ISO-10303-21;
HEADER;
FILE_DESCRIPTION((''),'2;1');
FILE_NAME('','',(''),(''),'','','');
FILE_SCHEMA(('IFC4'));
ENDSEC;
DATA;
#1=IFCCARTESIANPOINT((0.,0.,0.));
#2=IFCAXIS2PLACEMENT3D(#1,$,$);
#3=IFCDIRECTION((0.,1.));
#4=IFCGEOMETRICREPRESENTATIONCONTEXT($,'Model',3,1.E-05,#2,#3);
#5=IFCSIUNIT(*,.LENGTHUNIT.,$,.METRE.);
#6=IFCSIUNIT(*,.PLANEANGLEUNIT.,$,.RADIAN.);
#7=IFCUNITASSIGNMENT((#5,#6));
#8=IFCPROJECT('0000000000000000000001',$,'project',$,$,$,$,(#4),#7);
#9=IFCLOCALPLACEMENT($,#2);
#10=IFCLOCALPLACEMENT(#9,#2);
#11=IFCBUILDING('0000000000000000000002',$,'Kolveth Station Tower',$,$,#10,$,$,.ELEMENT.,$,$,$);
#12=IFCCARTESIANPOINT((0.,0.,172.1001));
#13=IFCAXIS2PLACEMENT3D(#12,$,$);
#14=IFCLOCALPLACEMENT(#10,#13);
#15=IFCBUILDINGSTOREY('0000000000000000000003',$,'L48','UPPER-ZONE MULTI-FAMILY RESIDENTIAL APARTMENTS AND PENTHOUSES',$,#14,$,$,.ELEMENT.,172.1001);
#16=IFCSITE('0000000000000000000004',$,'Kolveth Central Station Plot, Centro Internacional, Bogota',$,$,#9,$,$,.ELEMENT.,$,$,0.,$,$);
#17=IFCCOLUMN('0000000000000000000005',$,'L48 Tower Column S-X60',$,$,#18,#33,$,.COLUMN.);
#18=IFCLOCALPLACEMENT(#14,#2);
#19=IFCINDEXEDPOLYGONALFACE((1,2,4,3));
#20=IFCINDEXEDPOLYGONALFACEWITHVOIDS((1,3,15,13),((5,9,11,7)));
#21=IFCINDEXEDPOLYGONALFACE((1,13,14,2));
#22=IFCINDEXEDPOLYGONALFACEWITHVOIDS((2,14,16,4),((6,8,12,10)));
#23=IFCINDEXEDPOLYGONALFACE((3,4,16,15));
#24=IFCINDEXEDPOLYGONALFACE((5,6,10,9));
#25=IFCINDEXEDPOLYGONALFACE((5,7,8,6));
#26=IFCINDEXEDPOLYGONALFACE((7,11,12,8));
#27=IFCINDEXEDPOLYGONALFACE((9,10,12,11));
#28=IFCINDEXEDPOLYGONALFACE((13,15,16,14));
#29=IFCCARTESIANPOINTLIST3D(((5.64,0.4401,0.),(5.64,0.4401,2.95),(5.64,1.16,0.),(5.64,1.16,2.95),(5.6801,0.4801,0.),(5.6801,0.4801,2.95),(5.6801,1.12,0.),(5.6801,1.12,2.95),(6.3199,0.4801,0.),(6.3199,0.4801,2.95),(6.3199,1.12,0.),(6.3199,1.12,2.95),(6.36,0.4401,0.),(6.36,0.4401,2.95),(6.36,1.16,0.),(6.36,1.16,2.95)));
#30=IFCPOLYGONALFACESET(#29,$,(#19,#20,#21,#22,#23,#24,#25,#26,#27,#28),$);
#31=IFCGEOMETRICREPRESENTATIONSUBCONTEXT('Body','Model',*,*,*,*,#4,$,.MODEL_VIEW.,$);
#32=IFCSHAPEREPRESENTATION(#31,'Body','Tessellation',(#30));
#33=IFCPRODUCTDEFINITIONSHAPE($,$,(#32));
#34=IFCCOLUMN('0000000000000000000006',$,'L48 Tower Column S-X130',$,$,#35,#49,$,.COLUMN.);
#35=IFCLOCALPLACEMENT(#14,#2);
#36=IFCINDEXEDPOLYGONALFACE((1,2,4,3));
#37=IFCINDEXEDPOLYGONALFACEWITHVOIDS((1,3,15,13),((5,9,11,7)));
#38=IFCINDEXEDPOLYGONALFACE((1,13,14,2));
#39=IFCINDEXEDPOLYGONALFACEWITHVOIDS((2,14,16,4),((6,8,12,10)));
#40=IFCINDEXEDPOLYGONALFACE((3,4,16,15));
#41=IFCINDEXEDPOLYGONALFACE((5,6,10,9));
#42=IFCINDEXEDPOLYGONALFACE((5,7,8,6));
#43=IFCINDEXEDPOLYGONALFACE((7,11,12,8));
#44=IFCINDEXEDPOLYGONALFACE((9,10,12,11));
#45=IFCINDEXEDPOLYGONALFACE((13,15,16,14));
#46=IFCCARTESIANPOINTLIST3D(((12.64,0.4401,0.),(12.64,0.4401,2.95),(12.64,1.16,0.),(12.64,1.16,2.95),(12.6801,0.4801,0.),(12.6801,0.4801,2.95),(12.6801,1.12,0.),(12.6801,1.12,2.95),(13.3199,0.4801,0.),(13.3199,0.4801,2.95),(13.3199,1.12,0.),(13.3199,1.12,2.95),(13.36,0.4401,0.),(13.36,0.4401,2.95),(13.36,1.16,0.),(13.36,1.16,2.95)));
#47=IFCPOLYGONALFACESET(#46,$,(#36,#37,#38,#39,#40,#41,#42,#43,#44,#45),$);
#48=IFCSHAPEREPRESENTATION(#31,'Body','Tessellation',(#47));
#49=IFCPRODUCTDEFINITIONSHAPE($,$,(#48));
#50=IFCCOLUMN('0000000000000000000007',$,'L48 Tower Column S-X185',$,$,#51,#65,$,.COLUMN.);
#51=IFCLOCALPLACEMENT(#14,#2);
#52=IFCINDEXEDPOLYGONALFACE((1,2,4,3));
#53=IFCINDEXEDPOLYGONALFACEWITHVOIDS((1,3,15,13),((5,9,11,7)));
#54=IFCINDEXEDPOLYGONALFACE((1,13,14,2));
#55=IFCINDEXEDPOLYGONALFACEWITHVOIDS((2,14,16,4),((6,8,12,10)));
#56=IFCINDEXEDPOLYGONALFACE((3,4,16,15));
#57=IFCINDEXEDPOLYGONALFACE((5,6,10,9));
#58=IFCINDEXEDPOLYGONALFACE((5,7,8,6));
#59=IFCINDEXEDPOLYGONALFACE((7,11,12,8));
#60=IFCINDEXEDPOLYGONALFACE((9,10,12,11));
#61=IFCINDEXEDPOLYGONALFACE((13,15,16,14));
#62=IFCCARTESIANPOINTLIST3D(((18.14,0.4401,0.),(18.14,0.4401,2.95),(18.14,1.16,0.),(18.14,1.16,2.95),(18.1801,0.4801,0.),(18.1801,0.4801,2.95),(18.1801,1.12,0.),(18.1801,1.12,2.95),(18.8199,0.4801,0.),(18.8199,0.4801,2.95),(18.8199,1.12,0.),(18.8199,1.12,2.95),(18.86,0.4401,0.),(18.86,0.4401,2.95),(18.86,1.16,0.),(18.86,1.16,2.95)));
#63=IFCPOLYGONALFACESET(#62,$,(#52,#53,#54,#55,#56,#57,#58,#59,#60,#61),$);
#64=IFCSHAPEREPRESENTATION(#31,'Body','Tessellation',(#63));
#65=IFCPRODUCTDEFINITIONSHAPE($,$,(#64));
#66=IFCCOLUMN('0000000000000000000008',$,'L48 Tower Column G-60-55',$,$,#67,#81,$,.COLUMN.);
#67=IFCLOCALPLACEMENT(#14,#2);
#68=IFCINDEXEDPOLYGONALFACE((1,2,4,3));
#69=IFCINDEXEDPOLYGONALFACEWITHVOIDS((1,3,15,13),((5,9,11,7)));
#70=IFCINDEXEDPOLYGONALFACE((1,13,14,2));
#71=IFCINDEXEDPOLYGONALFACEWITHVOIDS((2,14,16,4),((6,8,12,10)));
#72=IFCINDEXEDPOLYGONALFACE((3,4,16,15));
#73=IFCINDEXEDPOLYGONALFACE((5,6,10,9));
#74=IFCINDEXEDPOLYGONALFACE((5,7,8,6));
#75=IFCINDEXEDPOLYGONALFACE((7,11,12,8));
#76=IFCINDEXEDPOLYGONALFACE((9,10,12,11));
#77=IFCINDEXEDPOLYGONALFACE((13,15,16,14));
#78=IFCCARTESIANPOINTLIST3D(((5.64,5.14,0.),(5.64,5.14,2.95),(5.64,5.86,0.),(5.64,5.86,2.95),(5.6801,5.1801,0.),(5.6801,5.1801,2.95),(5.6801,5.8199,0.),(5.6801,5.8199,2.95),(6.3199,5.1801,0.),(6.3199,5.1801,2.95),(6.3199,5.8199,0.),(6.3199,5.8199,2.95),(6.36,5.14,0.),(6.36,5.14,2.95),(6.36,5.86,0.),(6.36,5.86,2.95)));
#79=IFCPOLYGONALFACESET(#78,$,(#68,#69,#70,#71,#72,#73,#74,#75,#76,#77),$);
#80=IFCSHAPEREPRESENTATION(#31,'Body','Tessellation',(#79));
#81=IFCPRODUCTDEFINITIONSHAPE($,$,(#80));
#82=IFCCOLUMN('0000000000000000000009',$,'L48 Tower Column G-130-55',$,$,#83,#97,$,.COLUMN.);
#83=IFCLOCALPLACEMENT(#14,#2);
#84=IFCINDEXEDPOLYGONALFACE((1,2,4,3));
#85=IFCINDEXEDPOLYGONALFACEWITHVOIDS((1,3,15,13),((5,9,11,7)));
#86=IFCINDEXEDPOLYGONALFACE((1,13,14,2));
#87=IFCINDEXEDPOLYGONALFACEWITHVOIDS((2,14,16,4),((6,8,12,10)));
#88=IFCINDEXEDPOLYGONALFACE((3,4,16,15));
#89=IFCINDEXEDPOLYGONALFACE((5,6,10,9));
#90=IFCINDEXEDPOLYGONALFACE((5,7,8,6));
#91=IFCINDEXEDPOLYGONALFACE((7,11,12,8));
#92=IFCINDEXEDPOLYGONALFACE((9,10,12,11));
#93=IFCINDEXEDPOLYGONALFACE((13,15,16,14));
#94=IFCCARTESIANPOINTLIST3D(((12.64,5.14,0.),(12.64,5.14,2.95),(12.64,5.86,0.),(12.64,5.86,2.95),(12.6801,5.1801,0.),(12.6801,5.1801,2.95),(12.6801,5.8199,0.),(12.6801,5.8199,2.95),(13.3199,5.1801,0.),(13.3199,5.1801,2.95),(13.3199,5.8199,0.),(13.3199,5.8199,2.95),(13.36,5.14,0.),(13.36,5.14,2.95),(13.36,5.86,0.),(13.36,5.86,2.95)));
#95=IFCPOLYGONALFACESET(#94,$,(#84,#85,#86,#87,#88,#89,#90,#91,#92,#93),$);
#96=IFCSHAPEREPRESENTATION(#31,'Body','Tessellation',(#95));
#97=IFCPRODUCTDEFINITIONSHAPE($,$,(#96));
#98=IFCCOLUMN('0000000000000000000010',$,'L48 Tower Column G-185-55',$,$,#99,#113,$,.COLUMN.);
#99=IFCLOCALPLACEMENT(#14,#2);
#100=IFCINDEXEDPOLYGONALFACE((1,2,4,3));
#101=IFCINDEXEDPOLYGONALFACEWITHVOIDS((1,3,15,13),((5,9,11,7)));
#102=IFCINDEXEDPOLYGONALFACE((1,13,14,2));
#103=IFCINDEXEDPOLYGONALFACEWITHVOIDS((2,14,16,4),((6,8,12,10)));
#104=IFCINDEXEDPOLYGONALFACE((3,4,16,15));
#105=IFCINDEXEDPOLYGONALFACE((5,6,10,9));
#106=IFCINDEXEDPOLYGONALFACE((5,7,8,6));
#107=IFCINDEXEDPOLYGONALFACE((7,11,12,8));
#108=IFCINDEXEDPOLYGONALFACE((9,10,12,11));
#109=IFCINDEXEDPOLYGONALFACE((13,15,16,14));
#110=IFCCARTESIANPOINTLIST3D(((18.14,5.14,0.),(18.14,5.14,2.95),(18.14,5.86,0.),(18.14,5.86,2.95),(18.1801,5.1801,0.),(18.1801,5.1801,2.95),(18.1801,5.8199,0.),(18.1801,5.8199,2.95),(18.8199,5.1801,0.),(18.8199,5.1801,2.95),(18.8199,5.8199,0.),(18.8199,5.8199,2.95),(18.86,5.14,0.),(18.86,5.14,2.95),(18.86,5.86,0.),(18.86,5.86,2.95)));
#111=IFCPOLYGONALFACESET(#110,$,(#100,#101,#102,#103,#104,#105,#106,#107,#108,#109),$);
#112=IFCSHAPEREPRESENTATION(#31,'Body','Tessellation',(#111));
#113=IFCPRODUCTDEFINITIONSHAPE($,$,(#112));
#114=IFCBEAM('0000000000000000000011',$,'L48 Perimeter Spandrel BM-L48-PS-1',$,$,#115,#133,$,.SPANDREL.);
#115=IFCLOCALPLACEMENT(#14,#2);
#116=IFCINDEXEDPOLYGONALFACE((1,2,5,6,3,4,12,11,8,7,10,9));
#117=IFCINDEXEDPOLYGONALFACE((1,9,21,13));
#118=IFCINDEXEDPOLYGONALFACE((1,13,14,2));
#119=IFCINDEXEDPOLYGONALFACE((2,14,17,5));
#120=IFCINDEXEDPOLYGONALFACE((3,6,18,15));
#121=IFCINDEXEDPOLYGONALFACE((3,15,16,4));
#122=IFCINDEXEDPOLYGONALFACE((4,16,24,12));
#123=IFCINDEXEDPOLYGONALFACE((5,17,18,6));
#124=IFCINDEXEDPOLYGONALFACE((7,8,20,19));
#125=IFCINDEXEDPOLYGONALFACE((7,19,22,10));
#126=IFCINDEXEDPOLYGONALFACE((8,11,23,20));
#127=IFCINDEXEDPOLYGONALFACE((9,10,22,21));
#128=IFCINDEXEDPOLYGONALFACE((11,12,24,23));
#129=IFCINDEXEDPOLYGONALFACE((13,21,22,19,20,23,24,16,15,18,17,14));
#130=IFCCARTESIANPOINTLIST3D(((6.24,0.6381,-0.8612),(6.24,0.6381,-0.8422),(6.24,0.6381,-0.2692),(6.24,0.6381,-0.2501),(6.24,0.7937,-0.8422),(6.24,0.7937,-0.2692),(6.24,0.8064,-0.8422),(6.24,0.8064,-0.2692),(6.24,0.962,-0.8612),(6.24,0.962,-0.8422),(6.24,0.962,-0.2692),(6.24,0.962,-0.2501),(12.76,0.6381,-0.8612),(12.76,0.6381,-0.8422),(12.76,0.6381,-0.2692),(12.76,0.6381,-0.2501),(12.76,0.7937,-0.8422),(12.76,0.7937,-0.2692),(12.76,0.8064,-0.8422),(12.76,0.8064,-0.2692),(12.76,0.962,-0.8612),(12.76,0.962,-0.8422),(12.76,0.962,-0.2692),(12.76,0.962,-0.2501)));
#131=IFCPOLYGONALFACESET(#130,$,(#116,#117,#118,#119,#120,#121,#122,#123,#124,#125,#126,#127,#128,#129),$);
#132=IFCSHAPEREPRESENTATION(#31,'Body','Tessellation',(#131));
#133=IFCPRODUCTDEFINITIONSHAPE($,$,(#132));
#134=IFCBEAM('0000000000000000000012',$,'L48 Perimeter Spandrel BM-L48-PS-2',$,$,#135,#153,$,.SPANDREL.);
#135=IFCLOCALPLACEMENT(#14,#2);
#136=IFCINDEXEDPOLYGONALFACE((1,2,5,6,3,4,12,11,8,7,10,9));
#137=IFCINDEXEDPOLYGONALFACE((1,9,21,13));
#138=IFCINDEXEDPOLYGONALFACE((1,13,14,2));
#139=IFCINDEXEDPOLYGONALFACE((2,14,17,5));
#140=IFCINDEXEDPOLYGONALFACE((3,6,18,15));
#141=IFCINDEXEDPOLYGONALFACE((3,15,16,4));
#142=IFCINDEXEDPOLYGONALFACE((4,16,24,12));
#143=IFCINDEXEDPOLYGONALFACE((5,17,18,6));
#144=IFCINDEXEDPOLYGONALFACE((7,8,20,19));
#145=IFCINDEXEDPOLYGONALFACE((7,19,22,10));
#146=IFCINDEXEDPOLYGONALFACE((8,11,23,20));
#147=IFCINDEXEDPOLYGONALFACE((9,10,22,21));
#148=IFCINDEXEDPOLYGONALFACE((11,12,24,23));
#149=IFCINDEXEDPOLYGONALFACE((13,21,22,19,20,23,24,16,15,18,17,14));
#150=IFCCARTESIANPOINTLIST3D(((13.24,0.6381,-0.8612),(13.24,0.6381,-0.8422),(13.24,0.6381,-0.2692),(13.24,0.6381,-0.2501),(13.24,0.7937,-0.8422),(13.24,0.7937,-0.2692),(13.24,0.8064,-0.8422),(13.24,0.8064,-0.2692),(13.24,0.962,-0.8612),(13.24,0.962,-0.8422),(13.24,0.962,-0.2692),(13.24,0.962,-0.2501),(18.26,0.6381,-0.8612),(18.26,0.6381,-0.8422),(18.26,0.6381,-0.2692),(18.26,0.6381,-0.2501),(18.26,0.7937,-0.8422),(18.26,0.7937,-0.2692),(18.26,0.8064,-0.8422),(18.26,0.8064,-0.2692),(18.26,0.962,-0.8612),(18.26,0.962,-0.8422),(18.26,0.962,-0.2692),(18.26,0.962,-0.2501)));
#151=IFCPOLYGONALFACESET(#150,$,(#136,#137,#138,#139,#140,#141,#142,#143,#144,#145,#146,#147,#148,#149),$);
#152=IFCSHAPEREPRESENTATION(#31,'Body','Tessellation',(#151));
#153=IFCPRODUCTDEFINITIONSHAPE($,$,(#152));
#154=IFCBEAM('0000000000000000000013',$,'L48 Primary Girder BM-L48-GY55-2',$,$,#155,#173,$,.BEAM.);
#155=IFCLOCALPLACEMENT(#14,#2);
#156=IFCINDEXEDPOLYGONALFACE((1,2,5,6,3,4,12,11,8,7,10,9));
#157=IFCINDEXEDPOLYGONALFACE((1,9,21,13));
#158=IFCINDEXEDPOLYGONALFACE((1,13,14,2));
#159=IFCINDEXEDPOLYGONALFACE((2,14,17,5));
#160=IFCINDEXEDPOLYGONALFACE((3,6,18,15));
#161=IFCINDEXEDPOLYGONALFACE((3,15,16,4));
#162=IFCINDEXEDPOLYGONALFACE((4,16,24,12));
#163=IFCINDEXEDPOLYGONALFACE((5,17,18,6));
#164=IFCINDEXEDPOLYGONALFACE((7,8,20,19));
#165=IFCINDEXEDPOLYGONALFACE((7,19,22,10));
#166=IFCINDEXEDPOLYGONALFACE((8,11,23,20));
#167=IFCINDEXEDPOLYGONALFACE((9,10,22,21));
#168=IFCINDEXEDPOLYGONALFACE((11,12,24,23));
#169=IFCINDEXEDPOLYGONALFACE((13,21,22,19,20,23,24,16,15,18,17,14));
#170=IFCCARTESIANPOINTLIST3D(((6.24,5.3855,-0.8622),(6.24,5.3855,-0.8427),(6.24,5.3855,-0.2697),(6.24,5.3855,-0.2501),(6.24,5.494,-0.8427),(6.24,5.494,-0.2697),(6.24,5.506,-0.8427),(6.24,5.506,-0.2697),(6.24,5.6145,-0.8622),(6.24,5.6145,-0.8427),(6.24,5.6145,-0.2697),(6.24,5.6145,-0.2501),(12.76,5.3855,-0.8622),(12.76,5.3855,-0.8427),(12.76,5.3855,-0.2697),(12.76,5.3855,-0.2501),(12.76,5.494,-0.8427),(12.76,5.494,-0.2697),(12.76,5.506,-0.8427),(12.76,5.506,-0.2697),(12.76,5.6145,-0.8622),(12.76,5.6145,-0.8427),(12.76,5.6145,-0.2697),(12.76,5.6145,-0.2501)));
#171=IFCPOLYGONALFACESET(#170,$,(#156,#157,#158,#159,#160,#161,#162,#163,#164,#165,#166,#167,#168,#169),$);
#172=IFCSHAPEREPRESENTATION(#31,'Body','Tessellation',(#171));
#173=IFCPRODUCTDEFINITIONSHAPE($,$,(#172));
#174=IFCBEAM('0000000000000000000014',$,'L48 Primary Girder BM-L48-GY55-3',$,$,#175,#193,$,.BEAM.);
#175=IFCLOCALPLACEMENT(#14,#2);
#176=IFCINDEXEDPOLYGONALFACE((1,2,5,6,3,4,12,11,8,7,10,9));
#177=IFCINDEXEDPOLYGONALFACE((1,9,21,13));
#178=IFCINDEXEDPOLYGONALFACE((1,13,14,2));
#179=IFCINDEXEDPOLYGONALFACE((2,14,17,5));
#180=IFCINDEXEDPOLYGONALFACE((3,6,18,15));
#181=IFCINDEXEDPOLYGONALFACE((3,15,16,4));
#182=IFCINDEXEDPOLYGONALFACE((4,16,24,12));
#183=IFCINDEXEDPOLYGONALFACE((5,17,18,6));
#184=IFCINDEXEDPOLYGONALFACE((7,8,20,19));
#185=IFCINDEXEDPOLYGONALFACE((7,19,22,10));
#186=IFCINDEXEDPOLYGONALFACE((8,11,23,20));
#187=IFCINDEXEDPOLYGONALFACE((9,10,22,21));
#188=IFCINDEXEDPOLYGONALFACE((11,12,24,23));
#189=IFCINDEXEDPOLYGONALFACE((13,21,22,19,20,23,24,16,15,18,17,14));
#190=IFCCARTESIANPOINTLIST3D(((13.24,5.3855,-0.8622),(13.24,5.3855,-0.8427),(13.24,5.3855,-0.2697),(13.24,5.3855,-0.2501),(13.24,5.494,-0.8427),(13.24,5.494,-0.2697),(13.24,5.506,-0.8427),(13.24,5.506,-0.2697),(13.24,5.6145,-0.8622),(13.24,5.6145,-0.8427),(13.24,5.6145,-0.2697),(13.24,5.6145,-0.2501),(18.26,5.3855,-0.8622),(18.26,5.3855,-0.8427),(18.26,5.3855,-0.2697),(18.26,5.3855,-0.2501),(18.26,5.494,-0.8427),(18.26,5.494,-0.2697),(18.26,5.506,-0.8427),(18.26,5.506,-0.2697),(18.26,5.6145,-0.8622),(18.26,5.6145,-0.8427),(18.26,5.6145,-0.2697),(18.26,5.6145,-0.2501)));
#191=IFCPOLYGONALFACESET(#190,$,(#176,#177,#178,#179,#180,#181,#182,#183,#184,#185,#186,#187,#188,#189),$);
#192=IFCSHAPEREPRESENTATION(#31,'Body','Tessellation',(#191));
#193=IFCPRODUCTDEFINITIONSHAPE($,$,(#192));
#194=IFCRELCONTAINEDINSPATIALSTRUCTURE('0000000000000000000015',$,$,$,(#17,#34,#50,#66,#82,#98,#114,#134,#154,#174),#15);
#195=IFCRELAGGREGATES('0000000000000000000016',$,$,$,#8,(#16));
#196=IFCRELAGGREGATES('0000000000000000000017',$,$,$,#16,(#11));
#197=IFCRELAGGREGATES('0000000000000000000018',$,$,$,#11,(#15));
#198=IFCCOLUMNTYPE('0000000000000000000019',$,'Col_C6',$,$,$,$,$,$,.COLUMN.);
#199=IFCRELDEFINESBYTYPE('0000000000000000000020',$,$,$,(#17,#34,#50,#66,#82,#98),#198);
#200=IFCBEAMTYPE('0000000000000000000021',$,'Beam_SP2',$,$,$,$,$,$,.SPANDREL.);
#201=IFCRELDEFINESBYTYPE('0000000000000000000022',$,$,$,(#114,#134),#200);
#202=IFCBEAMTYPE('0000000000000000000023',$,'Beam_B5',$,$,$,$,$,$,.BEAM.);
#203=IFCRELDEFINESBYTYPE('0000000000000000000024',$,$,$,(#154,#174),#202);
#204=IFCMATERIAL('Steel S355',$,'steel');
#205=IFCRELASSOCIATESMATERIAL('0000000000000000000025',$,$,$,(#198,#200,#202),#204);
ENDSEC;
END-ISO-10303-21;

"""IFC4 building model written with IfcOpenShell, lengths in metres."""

from ifc_helpers import new_model, si_unit, direction, frame, origin, origin_2d, place, context, subcontext, project, spatial, hollow_rectangle, i_section, extrude, source, transform, mapped, material, material_profile, profile_set, type_object, element, save


model = new_model("IFC4")

# Units and contexts
model_context = context("Model", 3, precision=1e-05, world=origin(), true_north=direction((0.0, 1.0)))
body_context = subcontext(model_context, "Body", "Model", "MODEL_VIEW")
ifc_project = project(units=[si_unit("LENGTHUNIT", "METRE"), si_unit("PLANEANGLEUNIT", "RADIAN")], contexts=[model_context])

# Site, building, storey
site_placement = place(None, origin())
site = spatial("IfcSite", under=ifc_project, at=site_placement, Name="Kolveth Central Station Plot, Centro Internacional, Bogota", CompositionType="ELEMENT", RefElevation=0.0)
building_placement = place(site_placement, origin())
building = spatial("IfcBuilding", under=site, at=building_placement, Name="Kolveth Station Tower", CompositionType="ELEMENT")
storey_placement = place(building_placement, frame((0.0, 0.0, 172.1001)))
storey = spatial("IfcBuildingStorey", under=building, at=storey_placement, Name="L48", Description="UPPER-ZONE MULTI-FAMILY RESIDENTIAL APARTMENTS AND PENTHOUSES", CompositionType="ELEMENT", Elevation=172.1001)

# Columns
ifc_material = material(Name="Steel S355", Category="steel")
ifc_material_profile_1 = material_profile(ifc_material, hollow_rectangle(XDim=0.72, YDim=0.72, WallThickness=0.04, at=origin_2d()), Name="BOX720x720x40")
ifc_profile_set_1 = profile_set([ifc_material_profile_1], Name="Steel S355")
column_type = type_object("IfcColumnType", Name="Col_C6", PredefinedType="COLUMN", material=ifc_profile_set_1)
shared_shape_1 = source(origin(), body_context, "Body", "SweptSolid", [
    extrude(hollow_rectangle(XDim=0.72, YDim=0.72, WallThickness=0.04, at=origin_2d()), origin(), (0.0, 0.0, 1.0), 2.95),
])
for number, where, z_axis, x_axis, name in (
    (1, (6.0, 0.8, 0.0), (0.0, 0.0, 1.0), (1.0, 0.0, 0.0), "L48 Tower Column S-X60"),
    (2, (13.0, 0.8, 0.0), (0.0, 0.0, 1.0), (1.0, 0.0, 0.0), "L48 Tower Column S-X130"),
    (3, (18.5, 0.8, 0.0), (0.0, 0.0, 1.0), (1.0, 0.0, 0.0), "L48 Tower Column S-X185"),
    (4, (6.0, 5.5, 0.0), (0.0, 0.0, 1.0), (1.0, 0.0, 0.0), "L48 Tower Column G-60-55"),
    (5, (13.0, 5.5, 0.0), (0.0, 0.0, 1.0), (1.0, 0.0, 0.0), "L48 Tower Column G-130-55"),
    (6, (18.5, 5.5, 0.0), (0.0, 0.0, 1.0), (1.0, 0.0, 0.0), "L48 Tower Column G-185-55"),
):
    element("IfcColumn", number, at=place(storey_placement, frame(where, z_axis=z_axis, x_axis=x_axis)), inside=storey, type_object=column_type, Name=name, PredefinedType="COLUMN", context=body_context, shape_type="MappedRepresentation", body=[
        mapped(shared_shape_1, transform((0.0, 0.0, 0.0), x_axis=(1.0, 0.0, 0.0), y_axis=(0.0, 1.0, 0.0), z_axis=(0.0, 0.0, 1.0), scale=1.0)),
    ])

# Beams
ifc_material_profile_2 = material_profile(ifc_material, i_section(OverallWidth=0.324, OverallDepth=0.6111, WebThickness=0.0127, FlangeThickness=0.019, at=origin_2d()), Name="W610x155")
ifc_profile_set_2 = profile_set([ifc_material_profile_2], Name="Steel S355")
beam_type_1 = type_object("IfcBeamType", Name="Beam_SP2", PredefinedType="SPANDREL", material=ifc_profile_set_2)
shared_shape_2 = source(origin(), body_context, "Body", "SweptSolid", [
    extrude(i_section(OverallWidth=0.324, OverallDepth=0.6111, WebThickness=0.0127, FlangeThickness=0.019, at=origin_2d()), origin(), (0.0, 0.0, 1.0), 6.52),
])
beam_1_placement = place(storey_placement, frame((6.24, 0.8, -0.5557), z_axis=(1.0, 0.0, 0.0), x_axis=(0.0, 1.0, 0.0)))
element("IfcBeam", 7, at=beam_1_placement, inside=storey, type_object=beam_type_1, Name="L48 Perimeter Spandrel BM-L48-PS-1", PredefinedType="SPANDREL", context=body_context, shape_type="MappedRepresentation", body=[
    mapped(shared_shape_2, transform((0.0, 0.0, 0.0), x_axis=(1.0, 0.0, 0.0), y_axis=(0.0, 1.0, 0.0), z_axis=(0.0, 0.0, 1.0), scale=1.0)),
])
shared_shape_3 = source(origin(), body_context, "Body", "SweptSolid", [
    extrude(i_section(OverallWidth=0.324, OverallDepth=0.6111, WebThickness=0.0127, FlangeThickness=0.019, at=origin_2d()), origin(), (0.0, 0.0, 1.0), 5.02),
])
beam_2_placement = place(storey_placement, frame((13.24, 0.8, -0.5557), z_axis=(1.0, 0.0, 0.0), x_axis=(0.0, 1.0, 0.0)))
element("IfcBeam", 8, at=beam_2_placement, inside=storey, type_object=beam_type_1, Name="L48 Perimeter Spandrel BM-L48-PS-2", PredefinedType="SPANDREL", context=body_context, shape_type="MappedRepresentation", body=[
    mapped(shared_shape_3, transform((0.0, 0.0, 0.0), x_axis=(1.0, 0.0, 0.0), y_axis=(0.0, 1.0, 0.0), z_axis=(0.0, 0.0, 1.0), scale=1.0)),
])
ifc_material_profile_3 = material_profile(ifc_material, i_section(OverallWidth=0.229, OverallDepth=0.6121, WebThickness=0.012, FlangeThickness=0.0195, at=origin_2d()), Name="W610x125")
ifc_profile_set_3 = profile_set([ifc_material_profile_3], Name="Steel S355")
beam_type_2 = type_object("IfcBeamType", Name="Beam_B5", PredefinedType="BEAM", material=ifc_profile_set_3)
shared_shape_4 = source(origin(), body_context, "Body", "SweptSolid", [
    extrude(i_section(OverallWidth=0.229, OverallDepth=0.6121, WebThickness=0.012, FlangeThickness=0.0195, at=origin_2d()), origin(), (0.0, 0.0, 1.0), 6.52),
])
beam_3_placement = place(storey_placement, frame((6.24, 5.5, -0.5562), z_axis=(1.0, 0.0, 0.0), x_axis=(0.0, 1.0, 0.0)))
element("IfcBeam", 9, at=beam_3_placement, inside=storey, type_object=beam_type_2, Name="L48 Primary Girder BM-L48-GY55-2", PredefinedType="BEAM", context=body_context, shape_type="MappedRepresentation", body=[
    mapped(shared_shape_4, transform((0.0, 0.0, 0.0), x_axis=(1.0, 0.0, 0.0), y_axis=(0.0, 1.0, 0.0), z_axis=(0.0, 0.0, 1.0), scale=1.0)),
])
shared_shape_5 = source(origin(), body_context, "Body", "SweptSolid", [
    extrude(i_section(OverallWidth=0.229, OverallDepth=0.6121, WebThickness=0.012, FlangeThickness=0.0195, at=origin_2d()), origin(), (0.0, 0.0, 1.0), 5.02),
])
beam_4_placement = place(storey_placement, frame((13.24, 5.5, -0.5562), z_axis=(1.0, 0.0, 0.0), x_axis=(0.0, 1.0, 0.0)))
element("IfcBeam", 10, at=beam_4_placement, inside=storey, type_object=beam_type_2, Name="L48 Primary Girder BM-L48-GY55-3", PredefinedType="BEAM", context=body_context, shape_type="MappedRepresentation", body=[
    mapped(shared_shape_5, transform((0.0, 0.0, 0.0), x_axis=(1.0, 0.0, 0.0), y_axis=(0.0, 1.0, 0.0), z_axis=(0.0, 0.0, 1.0), scale=1.0)),
])

save(model, "model.ifc")
